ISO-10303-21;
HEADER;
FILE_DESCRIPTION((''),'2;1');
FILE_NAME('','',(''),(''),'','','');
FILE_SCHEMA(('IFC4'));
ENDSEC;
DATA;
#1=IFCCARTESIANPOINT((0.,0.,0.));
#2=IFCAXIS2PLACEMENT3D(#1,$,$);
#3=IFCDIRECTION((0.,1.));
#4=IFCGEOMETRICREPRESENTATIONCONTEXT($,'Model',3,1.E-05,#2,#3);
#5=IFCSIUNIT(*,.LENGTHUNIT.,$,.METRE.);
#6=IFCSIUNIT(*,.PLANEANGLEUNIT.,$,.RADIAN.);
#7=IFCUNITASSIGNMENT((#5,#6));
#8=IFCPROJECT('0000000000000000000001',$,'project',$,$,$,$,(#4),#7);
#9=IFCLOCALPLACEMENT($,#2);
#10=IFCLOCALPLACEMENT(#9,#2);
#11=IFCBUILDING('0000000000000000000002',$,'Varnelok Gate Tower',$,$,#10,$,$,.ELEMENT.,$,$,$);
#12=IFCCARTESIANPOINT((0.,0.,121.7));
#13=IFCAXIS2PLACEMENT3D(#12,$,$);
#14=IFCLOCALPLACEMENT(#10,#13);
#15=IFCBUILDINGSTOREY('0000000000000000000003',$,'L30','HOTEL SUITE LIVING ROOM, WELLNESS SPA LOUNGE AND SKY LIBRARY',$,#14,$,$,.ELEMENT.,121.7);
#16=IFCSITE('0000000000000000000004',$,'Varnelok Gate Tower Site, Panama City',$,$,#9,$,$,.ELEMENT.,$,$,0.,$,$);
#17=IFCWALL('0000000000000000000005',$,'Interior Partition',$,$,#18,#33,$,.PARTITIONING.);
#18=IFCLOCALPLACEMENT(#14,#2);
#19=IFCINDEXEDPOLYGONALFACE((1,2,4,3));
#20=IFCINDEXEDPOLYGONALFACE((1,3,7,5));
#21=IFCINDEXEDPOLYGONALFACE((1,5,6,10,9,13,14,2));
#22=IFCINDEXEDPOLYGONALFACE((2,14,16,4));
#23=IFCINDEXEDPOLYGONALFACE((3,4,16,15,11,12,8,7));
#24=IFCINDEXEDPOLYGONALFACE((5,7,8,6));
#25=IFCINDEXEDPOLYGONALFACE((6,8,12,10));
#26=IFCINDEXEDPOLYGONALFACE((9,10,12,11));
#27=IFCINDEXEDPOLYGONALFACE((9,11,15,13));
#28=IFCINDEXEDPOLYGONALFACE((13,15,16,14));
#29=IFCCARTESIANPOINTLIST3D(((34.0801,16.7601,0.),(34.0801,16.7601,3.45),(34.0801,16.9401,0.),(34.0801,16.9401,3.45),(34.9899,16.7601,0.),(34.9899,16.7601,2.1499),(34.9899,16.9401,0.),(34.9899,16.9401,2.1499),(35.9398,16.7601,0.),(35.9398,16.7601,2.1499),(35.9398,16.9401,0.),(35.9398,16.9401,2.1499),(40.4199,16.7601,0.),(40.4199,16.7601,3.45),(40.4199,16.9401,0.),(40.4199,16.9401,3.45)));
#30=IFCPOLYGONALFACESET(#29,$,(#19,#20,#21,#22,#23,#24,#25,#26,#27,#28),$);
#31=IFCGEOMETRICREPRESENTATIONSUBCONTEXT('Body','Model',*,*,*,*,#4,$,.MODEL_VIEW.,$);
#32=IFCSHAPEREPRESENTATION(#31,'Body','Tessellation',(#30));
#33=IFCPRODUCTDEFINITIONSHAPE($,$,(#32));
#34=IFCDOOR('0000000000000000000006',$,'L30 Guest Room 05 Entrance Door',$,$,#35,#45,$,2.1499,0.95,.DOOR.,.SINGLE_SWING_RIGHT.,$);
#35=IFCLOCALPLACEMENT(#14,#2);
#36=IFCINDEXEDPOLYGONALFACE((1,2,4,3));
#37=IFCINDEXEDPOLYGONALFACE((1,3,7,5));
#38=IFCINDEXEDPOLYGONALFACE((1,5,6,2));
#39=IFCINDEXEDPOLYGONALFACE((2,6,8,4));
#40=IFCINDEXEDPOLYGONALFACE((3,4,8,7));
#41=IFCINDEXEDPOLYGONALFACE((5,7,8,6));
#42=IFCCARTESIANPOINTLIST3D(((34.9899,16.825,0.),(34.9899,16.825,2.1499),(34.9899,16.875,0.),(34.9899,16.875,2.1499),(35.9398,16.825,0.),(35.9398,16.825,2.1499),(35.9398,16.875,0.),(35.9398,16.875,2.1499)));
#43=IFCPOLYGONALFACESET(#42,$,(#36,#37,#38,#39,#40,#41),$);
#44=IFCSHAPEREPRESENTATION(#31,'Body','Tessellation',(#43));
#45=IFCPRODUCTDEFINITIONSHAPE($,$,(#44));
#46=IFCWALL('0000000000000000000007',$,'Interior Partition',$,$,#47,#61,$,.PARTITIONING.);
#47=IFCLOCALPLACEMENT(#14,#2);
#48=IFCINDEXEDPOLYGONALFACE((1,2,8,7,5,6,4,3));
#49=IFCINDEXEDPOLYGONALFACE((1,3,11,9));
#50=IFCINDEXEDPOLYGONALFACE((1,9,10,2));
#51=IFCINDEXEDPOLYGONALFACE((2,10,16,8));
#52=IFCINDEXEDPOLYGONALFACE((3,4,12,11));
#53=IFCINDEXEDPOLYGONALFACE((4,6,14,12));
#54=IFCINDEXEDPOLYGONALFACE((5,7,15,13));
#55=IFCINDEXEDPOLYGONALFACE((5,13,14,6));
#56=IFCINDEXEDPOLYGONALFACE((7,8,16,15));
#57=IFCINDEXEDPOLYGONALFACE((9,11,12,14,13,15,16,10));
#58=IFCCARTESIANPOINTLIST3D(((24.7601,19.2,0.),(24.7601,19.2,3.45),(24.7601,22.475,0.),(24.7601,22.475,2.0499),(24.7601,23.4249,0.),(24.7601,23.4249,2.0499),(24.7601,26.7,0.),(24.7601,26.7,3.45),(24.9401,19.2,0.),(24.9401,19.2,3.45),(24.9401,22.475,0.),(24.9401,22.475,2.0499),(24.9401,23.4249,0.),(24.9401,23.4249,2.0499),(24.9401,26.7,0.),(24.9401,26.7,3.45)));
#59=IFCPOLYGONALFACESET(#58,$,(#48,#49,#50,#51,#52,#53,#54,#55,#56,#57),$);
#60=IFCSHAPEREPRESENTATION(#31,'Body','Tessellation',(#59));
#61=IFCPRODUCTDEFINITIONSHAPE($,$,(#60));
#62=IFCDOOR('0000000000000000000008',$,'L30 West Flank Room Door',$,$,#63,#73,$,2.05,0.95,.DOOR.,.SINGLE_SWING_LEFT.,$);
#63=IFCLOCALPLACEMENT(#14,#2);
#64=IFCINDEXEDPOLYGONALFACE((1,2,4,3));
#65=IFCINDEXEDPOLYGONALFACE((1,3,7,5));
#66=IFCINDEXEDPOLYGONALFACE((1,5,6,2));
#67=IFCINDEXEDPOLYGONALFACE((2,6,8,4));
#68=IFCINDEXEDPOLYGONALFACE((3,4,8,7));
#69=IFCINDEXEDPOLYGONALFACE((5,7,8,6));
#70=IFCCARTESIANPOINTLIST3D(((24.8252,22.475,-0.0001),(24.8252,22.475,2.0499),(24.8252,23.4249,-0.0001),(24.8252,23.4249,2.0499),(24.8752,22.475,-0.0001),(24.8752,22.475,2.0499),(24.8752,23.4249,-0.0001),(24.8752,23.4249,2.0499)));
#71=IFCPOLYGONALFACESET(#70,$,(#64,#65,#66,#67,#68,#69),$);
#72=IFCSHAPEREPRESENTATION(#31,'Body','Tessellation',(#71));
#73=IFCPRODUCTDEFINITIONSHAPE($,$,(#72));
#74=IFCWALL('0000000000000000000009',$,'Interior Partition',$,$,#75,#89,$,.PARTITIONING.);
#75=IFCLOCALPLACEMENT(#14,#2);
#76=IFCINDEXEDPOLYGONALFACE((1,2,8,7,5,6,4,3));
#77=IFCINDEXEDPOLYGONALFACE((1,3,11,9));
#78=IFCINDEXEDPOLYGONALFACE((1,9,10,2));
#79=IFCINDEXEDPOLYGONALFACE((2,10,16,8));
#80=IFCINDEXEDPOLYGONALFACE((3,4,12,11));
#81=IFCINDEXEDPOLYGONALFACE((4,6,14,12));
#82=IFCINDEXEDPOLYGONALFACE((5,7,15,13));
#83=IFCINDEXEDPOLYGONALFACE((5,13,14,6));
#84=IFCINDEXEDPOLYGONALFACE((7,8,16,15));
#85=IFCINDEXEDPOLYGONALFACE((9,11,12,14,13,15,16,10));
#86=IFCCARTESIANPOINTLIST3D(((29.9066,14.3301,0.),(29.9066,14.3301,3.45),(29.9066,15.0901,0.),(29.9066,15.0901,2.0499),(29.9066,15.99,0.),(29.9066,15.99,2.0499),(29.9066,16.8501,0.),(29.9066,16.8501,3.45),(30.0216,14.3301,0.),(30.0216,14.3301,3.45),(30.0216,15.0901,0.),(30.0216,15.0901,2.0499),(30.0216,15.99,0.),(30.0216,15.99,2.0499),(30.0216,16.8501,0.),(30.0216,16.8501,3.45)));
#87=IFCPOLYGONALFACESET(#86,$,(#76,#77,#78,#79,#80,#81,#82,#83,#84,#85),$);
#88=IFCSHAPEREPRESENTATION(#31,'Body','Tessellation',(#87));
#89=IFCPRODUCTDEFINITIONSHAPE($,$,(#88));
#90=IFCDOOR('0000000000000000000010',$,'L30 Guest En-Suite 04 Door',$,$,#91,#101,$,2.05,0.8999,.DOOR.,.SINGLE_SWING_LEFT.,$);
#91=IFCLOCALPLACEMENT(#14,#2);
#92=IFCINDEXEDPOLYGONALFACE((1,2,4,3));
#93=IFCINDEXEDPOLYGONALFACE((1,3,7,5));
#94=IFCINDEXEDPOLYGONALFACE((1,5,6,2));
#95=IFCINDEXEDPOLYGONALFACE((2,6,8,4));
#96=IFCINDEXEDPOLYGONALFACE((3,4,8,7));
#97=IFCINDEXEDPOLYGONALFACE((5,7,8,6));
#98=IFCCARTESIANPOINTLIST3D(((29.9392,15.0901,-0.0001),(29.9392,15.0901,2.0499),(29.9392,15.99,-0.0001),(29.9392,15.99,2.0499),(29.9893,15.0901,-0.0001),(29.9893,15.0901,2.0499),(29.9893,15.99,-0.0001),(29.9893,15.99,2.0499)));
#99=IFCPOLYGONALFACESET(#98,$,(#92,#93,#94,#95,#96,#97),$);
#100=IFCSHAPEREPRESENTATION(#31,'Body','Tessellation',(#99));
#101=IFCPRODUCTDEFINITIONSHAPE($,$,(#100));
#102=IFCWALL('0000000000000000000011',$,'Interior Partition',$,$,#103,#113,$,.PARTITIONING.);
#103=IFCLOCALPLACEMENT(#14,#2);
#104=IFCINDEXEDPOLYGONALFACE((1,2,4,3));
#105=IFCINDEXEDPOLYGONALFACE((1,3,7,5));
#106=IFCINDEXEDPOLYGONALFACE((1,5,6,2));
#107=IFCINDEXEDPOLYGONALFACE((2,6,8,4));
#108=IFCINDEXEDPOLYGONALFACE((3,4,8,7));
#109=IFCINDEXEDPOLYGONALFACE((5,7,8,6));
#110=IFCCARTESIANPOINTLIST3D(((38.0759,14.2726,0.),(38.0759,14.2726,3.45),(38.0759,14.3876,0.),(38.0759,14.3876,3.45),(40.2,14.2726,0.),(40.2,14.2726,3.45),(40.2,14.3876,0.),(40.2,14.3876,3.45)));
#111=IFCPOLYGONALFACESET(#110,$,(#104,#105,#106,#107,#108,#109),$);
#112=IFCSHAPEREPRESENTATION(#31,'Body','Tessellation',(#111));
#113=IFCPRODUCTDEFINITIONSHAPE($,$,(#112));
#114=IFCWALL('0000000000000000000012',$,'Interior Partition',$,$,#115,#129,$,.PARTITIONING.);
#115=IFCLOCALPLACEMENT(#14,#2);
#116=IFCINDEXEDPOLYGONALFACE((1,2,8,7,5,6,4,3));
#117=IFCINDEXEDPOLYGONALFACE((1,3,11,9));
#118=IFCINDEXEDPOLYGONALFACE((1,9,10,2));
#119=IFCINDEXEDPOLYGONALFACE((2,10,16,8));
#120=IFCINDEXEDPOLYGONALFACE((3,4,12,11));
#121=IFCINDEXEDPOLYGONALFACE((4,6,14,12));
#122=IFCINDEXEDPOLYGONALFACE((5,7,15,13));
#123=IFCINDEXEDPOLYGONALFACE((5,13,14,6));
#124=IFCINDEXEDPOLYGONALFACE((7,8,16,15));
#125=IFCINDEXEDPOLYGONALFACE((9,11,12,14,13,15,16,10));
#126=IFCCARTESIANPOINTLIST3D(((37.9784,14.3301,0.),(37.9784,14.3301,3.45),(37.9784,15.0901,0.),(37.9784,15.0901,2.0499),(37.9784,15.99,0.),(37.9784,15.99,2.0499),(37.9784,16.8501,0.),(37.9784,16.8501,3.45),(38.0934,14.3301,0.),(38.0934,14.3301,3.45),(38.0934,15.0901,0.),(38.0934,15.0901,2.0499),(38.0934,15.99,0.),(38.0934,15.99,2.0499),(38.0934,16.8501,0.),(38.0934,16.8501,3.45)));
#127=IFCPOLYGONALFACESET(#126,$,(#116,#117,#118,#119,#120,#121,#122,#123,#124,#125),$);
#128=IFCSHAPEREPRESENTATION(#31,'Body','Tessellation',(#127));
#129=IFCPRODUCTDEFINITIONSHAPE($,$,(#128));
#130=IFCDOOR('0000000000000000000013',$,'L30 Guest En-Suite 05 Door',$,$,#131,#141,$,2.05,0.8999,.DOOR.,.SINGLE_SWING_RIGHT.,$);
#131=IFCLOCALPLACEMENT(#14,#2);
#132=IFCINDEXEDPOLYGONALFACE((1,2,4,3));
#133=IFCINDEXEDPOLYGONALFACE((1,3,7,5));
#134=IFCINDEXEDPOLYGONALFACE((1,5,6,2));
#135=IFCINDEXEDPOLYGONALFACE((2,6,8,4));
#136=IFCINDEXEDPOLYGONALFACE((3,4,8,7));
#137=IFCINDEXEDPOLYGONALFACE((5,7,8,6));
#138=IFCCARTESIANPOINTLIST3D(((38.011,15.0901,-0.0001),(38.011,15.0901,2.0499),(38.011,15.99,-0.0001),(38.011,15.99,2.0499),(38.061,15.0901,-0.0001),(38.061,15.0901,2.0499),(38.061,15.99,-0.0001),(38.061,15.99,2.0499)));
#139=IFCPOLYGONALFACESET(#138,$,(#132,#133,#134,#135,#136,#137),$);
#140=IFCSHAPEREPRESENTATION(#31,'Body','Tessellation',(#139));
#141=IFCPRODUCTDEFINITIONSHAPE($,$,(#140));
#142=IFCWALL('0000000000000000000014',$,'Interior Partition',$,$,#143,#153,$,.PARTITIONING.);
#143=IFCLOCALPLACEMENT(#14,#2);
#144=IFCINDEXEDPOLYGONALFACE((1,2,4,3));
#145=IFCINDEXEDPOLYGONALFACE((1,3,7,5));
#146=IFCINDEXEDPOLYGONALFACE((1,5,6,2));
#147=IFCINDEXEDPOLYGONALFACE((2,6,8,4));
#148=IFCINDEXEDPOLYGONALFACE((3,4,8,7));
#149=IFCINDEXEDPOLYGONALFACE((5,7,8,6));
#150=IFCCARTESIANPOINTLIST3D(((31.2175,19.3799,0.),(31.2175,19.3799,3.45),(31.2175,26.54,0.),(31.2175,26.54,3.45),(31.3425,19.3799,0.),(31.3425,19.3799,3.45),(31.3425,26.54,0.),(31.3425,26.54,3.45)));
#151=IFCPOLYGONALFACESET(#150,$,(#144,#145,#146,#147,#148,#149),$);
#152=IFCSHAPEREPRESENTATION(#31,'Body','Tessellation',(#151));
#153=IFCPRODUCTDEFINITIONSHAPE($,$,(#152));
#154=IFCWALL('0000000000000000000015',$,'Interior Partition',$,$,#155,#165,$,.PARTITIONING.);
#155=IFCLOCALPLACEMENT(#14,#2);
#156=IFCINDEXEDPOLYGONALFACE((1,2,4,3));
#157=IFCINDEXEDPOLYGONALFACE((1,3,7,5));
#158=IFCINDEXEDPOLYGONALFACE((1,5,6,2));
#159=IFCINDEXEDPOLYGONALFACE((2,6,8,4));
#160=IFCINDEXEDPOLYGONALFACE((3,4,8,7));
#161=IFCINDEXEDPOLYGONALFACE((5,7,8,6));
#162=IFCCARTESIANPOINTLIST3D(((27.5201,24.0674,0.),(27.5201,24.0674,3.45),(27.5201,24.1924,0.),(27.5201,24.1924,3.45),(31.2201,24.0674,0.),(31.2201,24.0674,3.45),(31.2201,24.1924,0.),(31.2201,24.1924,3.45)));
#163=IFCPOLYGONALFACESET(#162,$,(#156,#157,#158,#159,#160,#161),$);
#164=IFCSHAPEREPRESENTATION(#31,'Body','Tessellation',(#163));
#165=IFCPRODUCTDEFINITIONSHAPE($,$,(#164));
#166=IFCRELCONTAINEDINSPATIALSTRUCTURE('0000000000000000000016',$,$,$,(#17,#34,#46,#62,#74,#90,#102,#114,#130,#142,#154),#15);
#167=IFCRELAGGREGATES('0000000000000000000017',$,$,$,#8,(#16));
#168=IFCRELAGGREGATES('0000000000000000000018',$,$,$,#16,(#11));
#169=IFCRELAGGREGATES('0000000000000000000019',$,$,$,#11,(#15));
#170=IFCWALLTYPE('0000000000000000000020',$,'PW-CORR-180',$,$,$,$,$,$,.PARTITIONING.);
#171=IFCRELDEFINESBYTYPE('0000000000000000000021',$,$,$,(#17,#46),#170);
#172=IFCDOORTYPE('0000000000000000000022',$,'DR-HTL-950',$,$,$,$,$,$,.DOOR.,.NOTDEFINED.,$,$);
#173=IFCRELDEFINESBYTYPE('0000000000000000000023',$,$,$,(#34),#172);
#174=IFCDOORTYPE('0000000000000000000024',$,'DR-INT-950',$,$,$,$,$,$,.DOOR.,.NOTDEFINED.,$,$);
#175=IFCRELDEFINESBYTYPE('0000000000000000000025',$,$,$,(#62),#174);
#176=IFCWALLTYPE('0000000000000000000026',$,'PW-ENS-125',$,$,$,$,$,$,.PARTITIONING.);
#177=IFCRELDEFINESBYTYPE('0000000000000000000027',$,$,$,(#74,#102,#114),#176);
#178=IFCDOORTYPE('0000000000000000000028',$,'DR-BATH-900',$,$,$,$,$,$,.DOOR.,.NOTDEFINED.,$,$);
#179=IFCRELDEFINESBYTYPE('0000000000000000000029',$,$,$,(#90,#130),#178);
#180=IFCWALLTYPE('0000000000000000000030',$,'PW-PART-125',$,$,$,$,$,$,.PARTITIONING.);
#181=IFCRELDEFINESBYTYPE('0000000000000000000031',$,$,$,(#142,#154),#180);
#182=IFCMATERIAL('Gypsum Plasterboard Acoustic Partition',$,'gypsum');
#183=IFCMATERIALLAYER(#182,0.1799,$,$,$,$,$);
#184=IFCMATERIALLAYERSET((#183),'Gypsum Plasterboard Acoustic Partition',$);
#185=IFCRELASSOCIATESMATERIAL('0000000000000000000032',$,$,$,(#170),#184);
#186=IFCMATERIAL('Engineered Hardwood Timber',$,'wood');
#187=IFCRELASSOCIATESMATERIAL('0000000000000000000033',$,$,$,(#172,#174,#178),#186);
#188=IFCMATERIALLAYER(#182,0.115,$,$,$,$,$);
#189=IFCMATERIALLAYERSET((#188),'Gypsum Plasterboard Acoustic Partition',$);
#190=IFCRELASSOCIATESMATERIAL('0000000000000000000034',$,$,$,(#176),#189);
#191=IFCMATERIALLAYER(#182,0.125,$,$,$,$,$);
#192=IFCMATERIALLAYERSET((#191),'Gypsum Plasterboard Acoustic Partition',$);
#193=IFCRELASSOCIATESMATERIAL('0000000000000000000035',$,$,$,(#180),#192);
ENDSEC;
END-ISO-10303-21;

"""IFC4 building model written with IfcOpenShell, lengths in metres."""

from ifc_helpers import new_model, si_unit, direction, frame, frame_2d, origin, place, context, subcontext, project, spatial, rectangle, extrude, material, layer, layer_set, type_object, element, fill, save


model = new_model("IFC4")

# Units and contexts
model_context = context("Model", 3, precision=1e-05, world=origin(), true_north=direction((0.0, 1.0)))
body_context = subcontext(model_context, "Body", "Model", "MODEL_VIEW")
ifc_project = project(units=[si_unit("LENGTHUNIT", "METRE"), si_unit("PLANEANGLEUNIT", "RADIAN")], contexts=[model_context])

# Site, building, storey
site_placement = place(None, origin())
site = spatial("IfcSite", under=ifc_project, at=site_placement, Name="Varnelok Gate Tower Site, Panama City", CompositionType="ELEMENT", RefElevation=0.0)
building_placement = place(site_placement, origin())
building = spatial("IfcBuilding", under=site, at=building_placement, Name="Varnelok Gate Tower", CompositionType="ELEMENT")
storey_placement = place(building_placement, frame((0.0, 0.0, 121.7)))
storey = spatial("IfcBuildingStorey", under=building, at=storey_placement, Name="L30", Description="HOTEL SUITE LIVING ROOM, WELLNESS SPA LOUNGE AND SKY LIBRARY", CompositionType="ELEMENT", Elevation=121.7)

# Walls, openings, doors
ifc_material_1 = material(Name="Gypsum Plasterboard Acoustic Partition", Category="gypsum")
ifc_layer_1 = layer(ifc_material_1, 0.1799)
ifc_layer_set_1 = layer_set([ifc_layer_1], Name="Gypsum Plasterboard Acoustic Partition")
wall_type_1 = type_object("IfcWallType", Name="PW-CORR-180", PredefinedType="PARTITIONING", material=ifc_layer_set_1)
ifc_material_2 = material(Name="Engineered Hardwood Timber", Category="wood")
door_type_1 = type_object("IfcDoorType", Name="DR-HTL-950", OperationType="NOTDEFINED", PredefinedType="DOOR", material=ifc_material_2)
wall_1_placement = place(storey_placement, frame((34.0801, 16.8501, 0.0), z_axis=(0.0, 0.0, 1.0), x_axis=(1.0, 0.0, 0.0)))
wall_1 = element("IfcWall", 1, at=wall_1_placement, inside=storey, type_object=wall_type_1, Name="Interior Partition", PredefinedType="PARTITIONING", context=body_context, shape_type="SweptSolid", body=[
    extrude(rectangle(XDim=6.3398, YDim=0.1799, at=frame_2d((3.1699, 0.0))), origin(), (0.0, 0.0, 1.0), 3.45),
])
opening_1_placement = place(wall_1_placement, frame((0.9097, 0.0, 0.0)))
opening_1 = element("IfcOpeningElement", 2, at=opening_1_placement, cuts=wall_1, PredefinedType="OPENING", context=body_context, shape_type="SweptSolid", body=[
    extrude(rectangle(XDim=0.95, YDim=2.1499, at=frame_2d((0.4751, 1.075))), frame((0.0, 0.0999, 0.0), z_axis=(0.0, -1.0, 0.0), x_axis=(1.0, 0.0, 0.0)), (0.0, 0.0, 1.0), 0.2),
])
door_1_placement = place(opening_1_placement, origin())
door_1 = element("IfcDoor", 3, at=door_1_placement, inside=storey, type_object=door_type_1, Name="L30 Guest Room 05 Entrance Door", OperationType="SINGLE_SWING_RIGHT", OverallHeight=2.1499, OverallWidth=0.95, PredefinedType="DOOR", context=body_context, shape_type="SweptSolid", body=[
    extrude(rectangle(XDim=0.95, YDim=2.1499, at=frame_2d((0.4751, 1.075))), frame((0.0, 0.0249, 0.0), z_axis=(0.0, -1.0, 0.0), x_axis=(1.0, 0.0, 0.0)), (0.0, 0.0, 1.0), 0.05),
])
fill(opening_1, door_1)
wall_2_placement = place(storey_placement, frame((24.8501, 19.2, 0.0), z_axis=(0.0, 0.0, 1.0), x_axis=(0.0, 1.0, 0.0)))
wall_2 = element("IfcWall", 4, at=wall_2_placement, inside=storey, type_object=wall_type_1, Name="Interior Partition", PredefinedType="PARTITIONING", context=body_context, shape_type="SweptSolid", body=[
    extrude(rectangle(XDim=7.5, YDim=0.1799, at=frame_2d((3.75, 0.0))), origin(), (0.0, 0.0, 1.0), 3.45),
])
opening_2_placement = place(wall_2_placement, frame((3.2749, 0.0, 0.0)))
opening_2 = element("IfcOpeningElement", 5, at=opening_2_placement, cuts=wall_2, PredefinedType="OPENING", context=body_context, shape_type="SweptSolid", body=[
    extrude(rectangle(XDim=0.95, YDim=2.05, at=frame_2d((0.4751, 1.0249))), frame((0.0, 0.0999, 0.0), z_axis=(0.0, -1.0, 0.0), x_axis=(1.0, 0.0, 0.0)), (0.0, 0.0, 1.0), 0.2),
])
door_type_2 = type_object("IfcDoorType", Name="DR-INT-950", OperationType="NOTDEFINED", PredefinedType="DOOR", material=ifc_material_2)
door_2_placement = place(opening_2_placement, origin())
door_2 = element("IfcDoor", 6, at=door_2_placement, inside=storey, type_object=door_type_2, Name="L30 West Flank Room Door", OperationType="SINGLE_SWING_LEFT", OverallHeight=2.05, OverallWidth=0.95, PredefinedType="DOOR", context=body_context, shape_type="SweptSolid", body=[
    extrude(rectangle(XDim=0.95, YDim=2.05, at=frame_2d((0.4751, 1.0249))), frame((0.0, 0.0249, 0.0), z_axis=(0.0, -1.0, 0.0), x_axis=(1.0, 0.0, 0.0)), (0.0, 0.0, 1.0), 0.05),
])
fill(opening_2, door_2)
ifc_layer_2 = layer(ifc_material_1, 0.115)
ifc_layer_set_2 = layer_set([ifc_layer_2], Name="Gypsum Plasterboard Acoustic Partition")
wall_type_2 = type_object("IfcWallType", Name="PW-ENS-125", PredefinedType="PARTITIONING", material=ifc_layer_set_2)
wall_3_placement = place(storey_placement, frame((29.9641, 14.3301, 0.0), z_axis=(0.0, 0.0, 1.0), x_axis=(0.0, 1.0, 0.0)))
wall_3 = element("IfcWall", 7, at=wall_3_placement, inside=storey, type_object=wall_type_2, Name="Interior Partition", PredefinedType="PARTITIONING", context=body_context, shape_type="SweptSolid", body=[
    extrude(rectangle(XDim=2.52, YDim=0.115, at=frame_2d((1.26, 0.0))), origin(), (0.0, 0.0, 1.0), 3.45),
])
opening_3_placement = place(wall_3_placement, frame((0.76, 0.0, 0.0)))
opening_3 = element("IfcOpeningElement", 8, at=opening_3_placement, cuts=wall_3, PredefinedType="OPENING", context=body_context, shape_type="SweptSolid", body=[
    extrude(rectangle(XDim=0.8999, YDim=2.05, at=frame_2d((0.45, 1.0249))), frame((0.0, 0.0674, 0.0), z_axis=(0.0, -1.0, 0.0), x_axis=(1.0, 0.0, 0.0)), (0.0, 0.0, 1.0), 0.135),
])
door_type_3 = type_object("IfcDoorType", Name="DR-BATH-900", OperationType="NOTDEFINED", PredefinedType="DOOR", material=ifc_material_2)
door_3_placement = place(opening_3_placement, origin())
door_3 = element("IfcDoor", 9, at=door_3_placement, inside=storey, type_object=door_type_3, Name="L30 Guest En-Suite 04 Door", OperationType="SINGLE_SWING_LEFT", OverallHeight=2.05, OverallWidth=0.8999, PredefinedType="DOOR", context=body_context, shape_type="SweptSolid", body=[
    extrude(rectangle(XDim=0.8999, YDim=2.05, at=frame_2d((0.45, 1.0249))), frame((0.0, 0.0249, 0.0), z_axis=(0.0, -1.0, 0.0), x_axis=(1.0, 0.0, 0.0)), (0.0, 0.0, 1.0), 0.05),
])
fill(opening_3, door_3)

# Wall
wall_4_placement = place(storey_placement, frame((38.0759, 14.3301, 0.0), z_axis=(0.0, 0.0, 1.0), x_axis=(1.0, 0.0, 0.0)))
element("IfcWall", 10, at=wall_4_placement, inside=storey, type_object=wall_type_2, Name="Interior Partition", PredefinedType="PARTITIONING", context=body_context, shape_type="SweptSolid", body=[
    extrude(rectangle(XDim=2.124, YDim=0.115, at=frame_2d((1.062, 0.0))), origin(), (0.0, 0.0, 1.0), 3.45),
])

# Wall, opening, door
wall_5_placement = place(storey_placement, frame((38.0359, 14.3301, 0.0), z_axis=(0.0, 0.0, 1.0), x_axis=(0.0, 1.0, 0.0)))
wall_5 = element("IfcWall", 11, at=wall_5_placement, inside=storey, type_object=wall_type_2, Name="Interior Partition", PredefinedType="PARTITIONING", context=body_context, shape_type="SweptSolid", body=[
    extrude(rectangle(XDim=2.52, YDim=0.115, at=frame_2d((1.26, 0.0))), origin(), (0.0, 0.0, 1.0), 3.45),
])
opening_4_placement = place(wall_5_placement, frame((0.76, 0.0, 0.0)))
opening_4 = element("IfcOpeningElement", 12, at=opening_4_placement, cuts=wall_5, PredefinedType="OPENING", context=body_context, shape_type="SweptSolid", body=[
    extrude(rectangle(XDim=0.8999, YDim=2.05, at=frame_2d((0.45, 1.0249))), frame((0.0, 0.0674, 0.0), z_axis=(0.0, -1.0, 0.0), x_axis=(1.0, 0.0, 0.0)), (0.0, 0.0, 1.0), 0.135),
])
door_4_placement = place(opening_4_placement, origin())
door_4 = element("IfcDoor", 13, at=door_4_placement, inside=storey, type_object=door_type_3, Name="L30 Guest En-Suite 05 Door", OperationType="SINGLE_SWING_RIGHT", OverallHeight=2.05, OverallWidth=0.8999, PredefinedType="DOOR", context=body_context, shape_type="SweptSolid", body=[
    extrude(rectangle(XDim=0.8999, YDim=2.05, at=frame_2d((0.45, 1.0249))), frame((0.0, 0.0249, 0.0), z_axis=(0.0, -1.0, 0.0), x_axis=(1.0, 0.0, 0.0)), (0.0, 0.0, 1.0), 0.05),
])
fill(opening_4, door_4)

# Walls
ifc_layer_3 = layer(ifc_material_1, 0.125)
ifc_layer_set_3 = layer_set([ifc_layer_3], Name="Gypsum Plasterboard Acoustic Partition")
wall_type_3 = type_object("IfcWallType", Name="PW-PART-125", PredefinedType="PARTITIONING", material=ifc_layer_set_3)
wall_6_placement = place(storey_placement, frame((31.28, 19.3799, 0.0), z_axis=(0.0, 0.0, 1.0), x_axis=(0.0, 1.0, 0.0)))
element("IfcWall", 14, at=wall_6_placement, inside=storey, type_object=wall_type_3, Name="Interior Partition", PredefinedType="PARTITIONING", context=body_context, shape_type="SweptSolid", body=[
    extrude(rectangle(XDim=7.1602, YDim=0.125, at=frame_2d((3.5801, 0.0))), origin(), (0.0, 0.0, 1.0), 3.45),
])
wall_7_placement = place(storey_placement, frame((27.52, 24.1299, 0.0), z_axis=(0.0, 0.0, 1.0), x_axis=(1.0, 0.0, 0.0)))
element("IfcWall", 15, at=wall_7_placement, inside=storey, type_object=wall_type_3, Name="Interior Partition", PredefinedType="PARTITIONING", context=body_context, shape_type="SweptSolid", body=[
    extrude(rectangle(XDim=3.7, YDim=0.125, at=frame_2d((1.8501, 0.0))), origin(), (0.0, 0.0, 1.0), 3.45),
])

save(model, "model.ifc")
